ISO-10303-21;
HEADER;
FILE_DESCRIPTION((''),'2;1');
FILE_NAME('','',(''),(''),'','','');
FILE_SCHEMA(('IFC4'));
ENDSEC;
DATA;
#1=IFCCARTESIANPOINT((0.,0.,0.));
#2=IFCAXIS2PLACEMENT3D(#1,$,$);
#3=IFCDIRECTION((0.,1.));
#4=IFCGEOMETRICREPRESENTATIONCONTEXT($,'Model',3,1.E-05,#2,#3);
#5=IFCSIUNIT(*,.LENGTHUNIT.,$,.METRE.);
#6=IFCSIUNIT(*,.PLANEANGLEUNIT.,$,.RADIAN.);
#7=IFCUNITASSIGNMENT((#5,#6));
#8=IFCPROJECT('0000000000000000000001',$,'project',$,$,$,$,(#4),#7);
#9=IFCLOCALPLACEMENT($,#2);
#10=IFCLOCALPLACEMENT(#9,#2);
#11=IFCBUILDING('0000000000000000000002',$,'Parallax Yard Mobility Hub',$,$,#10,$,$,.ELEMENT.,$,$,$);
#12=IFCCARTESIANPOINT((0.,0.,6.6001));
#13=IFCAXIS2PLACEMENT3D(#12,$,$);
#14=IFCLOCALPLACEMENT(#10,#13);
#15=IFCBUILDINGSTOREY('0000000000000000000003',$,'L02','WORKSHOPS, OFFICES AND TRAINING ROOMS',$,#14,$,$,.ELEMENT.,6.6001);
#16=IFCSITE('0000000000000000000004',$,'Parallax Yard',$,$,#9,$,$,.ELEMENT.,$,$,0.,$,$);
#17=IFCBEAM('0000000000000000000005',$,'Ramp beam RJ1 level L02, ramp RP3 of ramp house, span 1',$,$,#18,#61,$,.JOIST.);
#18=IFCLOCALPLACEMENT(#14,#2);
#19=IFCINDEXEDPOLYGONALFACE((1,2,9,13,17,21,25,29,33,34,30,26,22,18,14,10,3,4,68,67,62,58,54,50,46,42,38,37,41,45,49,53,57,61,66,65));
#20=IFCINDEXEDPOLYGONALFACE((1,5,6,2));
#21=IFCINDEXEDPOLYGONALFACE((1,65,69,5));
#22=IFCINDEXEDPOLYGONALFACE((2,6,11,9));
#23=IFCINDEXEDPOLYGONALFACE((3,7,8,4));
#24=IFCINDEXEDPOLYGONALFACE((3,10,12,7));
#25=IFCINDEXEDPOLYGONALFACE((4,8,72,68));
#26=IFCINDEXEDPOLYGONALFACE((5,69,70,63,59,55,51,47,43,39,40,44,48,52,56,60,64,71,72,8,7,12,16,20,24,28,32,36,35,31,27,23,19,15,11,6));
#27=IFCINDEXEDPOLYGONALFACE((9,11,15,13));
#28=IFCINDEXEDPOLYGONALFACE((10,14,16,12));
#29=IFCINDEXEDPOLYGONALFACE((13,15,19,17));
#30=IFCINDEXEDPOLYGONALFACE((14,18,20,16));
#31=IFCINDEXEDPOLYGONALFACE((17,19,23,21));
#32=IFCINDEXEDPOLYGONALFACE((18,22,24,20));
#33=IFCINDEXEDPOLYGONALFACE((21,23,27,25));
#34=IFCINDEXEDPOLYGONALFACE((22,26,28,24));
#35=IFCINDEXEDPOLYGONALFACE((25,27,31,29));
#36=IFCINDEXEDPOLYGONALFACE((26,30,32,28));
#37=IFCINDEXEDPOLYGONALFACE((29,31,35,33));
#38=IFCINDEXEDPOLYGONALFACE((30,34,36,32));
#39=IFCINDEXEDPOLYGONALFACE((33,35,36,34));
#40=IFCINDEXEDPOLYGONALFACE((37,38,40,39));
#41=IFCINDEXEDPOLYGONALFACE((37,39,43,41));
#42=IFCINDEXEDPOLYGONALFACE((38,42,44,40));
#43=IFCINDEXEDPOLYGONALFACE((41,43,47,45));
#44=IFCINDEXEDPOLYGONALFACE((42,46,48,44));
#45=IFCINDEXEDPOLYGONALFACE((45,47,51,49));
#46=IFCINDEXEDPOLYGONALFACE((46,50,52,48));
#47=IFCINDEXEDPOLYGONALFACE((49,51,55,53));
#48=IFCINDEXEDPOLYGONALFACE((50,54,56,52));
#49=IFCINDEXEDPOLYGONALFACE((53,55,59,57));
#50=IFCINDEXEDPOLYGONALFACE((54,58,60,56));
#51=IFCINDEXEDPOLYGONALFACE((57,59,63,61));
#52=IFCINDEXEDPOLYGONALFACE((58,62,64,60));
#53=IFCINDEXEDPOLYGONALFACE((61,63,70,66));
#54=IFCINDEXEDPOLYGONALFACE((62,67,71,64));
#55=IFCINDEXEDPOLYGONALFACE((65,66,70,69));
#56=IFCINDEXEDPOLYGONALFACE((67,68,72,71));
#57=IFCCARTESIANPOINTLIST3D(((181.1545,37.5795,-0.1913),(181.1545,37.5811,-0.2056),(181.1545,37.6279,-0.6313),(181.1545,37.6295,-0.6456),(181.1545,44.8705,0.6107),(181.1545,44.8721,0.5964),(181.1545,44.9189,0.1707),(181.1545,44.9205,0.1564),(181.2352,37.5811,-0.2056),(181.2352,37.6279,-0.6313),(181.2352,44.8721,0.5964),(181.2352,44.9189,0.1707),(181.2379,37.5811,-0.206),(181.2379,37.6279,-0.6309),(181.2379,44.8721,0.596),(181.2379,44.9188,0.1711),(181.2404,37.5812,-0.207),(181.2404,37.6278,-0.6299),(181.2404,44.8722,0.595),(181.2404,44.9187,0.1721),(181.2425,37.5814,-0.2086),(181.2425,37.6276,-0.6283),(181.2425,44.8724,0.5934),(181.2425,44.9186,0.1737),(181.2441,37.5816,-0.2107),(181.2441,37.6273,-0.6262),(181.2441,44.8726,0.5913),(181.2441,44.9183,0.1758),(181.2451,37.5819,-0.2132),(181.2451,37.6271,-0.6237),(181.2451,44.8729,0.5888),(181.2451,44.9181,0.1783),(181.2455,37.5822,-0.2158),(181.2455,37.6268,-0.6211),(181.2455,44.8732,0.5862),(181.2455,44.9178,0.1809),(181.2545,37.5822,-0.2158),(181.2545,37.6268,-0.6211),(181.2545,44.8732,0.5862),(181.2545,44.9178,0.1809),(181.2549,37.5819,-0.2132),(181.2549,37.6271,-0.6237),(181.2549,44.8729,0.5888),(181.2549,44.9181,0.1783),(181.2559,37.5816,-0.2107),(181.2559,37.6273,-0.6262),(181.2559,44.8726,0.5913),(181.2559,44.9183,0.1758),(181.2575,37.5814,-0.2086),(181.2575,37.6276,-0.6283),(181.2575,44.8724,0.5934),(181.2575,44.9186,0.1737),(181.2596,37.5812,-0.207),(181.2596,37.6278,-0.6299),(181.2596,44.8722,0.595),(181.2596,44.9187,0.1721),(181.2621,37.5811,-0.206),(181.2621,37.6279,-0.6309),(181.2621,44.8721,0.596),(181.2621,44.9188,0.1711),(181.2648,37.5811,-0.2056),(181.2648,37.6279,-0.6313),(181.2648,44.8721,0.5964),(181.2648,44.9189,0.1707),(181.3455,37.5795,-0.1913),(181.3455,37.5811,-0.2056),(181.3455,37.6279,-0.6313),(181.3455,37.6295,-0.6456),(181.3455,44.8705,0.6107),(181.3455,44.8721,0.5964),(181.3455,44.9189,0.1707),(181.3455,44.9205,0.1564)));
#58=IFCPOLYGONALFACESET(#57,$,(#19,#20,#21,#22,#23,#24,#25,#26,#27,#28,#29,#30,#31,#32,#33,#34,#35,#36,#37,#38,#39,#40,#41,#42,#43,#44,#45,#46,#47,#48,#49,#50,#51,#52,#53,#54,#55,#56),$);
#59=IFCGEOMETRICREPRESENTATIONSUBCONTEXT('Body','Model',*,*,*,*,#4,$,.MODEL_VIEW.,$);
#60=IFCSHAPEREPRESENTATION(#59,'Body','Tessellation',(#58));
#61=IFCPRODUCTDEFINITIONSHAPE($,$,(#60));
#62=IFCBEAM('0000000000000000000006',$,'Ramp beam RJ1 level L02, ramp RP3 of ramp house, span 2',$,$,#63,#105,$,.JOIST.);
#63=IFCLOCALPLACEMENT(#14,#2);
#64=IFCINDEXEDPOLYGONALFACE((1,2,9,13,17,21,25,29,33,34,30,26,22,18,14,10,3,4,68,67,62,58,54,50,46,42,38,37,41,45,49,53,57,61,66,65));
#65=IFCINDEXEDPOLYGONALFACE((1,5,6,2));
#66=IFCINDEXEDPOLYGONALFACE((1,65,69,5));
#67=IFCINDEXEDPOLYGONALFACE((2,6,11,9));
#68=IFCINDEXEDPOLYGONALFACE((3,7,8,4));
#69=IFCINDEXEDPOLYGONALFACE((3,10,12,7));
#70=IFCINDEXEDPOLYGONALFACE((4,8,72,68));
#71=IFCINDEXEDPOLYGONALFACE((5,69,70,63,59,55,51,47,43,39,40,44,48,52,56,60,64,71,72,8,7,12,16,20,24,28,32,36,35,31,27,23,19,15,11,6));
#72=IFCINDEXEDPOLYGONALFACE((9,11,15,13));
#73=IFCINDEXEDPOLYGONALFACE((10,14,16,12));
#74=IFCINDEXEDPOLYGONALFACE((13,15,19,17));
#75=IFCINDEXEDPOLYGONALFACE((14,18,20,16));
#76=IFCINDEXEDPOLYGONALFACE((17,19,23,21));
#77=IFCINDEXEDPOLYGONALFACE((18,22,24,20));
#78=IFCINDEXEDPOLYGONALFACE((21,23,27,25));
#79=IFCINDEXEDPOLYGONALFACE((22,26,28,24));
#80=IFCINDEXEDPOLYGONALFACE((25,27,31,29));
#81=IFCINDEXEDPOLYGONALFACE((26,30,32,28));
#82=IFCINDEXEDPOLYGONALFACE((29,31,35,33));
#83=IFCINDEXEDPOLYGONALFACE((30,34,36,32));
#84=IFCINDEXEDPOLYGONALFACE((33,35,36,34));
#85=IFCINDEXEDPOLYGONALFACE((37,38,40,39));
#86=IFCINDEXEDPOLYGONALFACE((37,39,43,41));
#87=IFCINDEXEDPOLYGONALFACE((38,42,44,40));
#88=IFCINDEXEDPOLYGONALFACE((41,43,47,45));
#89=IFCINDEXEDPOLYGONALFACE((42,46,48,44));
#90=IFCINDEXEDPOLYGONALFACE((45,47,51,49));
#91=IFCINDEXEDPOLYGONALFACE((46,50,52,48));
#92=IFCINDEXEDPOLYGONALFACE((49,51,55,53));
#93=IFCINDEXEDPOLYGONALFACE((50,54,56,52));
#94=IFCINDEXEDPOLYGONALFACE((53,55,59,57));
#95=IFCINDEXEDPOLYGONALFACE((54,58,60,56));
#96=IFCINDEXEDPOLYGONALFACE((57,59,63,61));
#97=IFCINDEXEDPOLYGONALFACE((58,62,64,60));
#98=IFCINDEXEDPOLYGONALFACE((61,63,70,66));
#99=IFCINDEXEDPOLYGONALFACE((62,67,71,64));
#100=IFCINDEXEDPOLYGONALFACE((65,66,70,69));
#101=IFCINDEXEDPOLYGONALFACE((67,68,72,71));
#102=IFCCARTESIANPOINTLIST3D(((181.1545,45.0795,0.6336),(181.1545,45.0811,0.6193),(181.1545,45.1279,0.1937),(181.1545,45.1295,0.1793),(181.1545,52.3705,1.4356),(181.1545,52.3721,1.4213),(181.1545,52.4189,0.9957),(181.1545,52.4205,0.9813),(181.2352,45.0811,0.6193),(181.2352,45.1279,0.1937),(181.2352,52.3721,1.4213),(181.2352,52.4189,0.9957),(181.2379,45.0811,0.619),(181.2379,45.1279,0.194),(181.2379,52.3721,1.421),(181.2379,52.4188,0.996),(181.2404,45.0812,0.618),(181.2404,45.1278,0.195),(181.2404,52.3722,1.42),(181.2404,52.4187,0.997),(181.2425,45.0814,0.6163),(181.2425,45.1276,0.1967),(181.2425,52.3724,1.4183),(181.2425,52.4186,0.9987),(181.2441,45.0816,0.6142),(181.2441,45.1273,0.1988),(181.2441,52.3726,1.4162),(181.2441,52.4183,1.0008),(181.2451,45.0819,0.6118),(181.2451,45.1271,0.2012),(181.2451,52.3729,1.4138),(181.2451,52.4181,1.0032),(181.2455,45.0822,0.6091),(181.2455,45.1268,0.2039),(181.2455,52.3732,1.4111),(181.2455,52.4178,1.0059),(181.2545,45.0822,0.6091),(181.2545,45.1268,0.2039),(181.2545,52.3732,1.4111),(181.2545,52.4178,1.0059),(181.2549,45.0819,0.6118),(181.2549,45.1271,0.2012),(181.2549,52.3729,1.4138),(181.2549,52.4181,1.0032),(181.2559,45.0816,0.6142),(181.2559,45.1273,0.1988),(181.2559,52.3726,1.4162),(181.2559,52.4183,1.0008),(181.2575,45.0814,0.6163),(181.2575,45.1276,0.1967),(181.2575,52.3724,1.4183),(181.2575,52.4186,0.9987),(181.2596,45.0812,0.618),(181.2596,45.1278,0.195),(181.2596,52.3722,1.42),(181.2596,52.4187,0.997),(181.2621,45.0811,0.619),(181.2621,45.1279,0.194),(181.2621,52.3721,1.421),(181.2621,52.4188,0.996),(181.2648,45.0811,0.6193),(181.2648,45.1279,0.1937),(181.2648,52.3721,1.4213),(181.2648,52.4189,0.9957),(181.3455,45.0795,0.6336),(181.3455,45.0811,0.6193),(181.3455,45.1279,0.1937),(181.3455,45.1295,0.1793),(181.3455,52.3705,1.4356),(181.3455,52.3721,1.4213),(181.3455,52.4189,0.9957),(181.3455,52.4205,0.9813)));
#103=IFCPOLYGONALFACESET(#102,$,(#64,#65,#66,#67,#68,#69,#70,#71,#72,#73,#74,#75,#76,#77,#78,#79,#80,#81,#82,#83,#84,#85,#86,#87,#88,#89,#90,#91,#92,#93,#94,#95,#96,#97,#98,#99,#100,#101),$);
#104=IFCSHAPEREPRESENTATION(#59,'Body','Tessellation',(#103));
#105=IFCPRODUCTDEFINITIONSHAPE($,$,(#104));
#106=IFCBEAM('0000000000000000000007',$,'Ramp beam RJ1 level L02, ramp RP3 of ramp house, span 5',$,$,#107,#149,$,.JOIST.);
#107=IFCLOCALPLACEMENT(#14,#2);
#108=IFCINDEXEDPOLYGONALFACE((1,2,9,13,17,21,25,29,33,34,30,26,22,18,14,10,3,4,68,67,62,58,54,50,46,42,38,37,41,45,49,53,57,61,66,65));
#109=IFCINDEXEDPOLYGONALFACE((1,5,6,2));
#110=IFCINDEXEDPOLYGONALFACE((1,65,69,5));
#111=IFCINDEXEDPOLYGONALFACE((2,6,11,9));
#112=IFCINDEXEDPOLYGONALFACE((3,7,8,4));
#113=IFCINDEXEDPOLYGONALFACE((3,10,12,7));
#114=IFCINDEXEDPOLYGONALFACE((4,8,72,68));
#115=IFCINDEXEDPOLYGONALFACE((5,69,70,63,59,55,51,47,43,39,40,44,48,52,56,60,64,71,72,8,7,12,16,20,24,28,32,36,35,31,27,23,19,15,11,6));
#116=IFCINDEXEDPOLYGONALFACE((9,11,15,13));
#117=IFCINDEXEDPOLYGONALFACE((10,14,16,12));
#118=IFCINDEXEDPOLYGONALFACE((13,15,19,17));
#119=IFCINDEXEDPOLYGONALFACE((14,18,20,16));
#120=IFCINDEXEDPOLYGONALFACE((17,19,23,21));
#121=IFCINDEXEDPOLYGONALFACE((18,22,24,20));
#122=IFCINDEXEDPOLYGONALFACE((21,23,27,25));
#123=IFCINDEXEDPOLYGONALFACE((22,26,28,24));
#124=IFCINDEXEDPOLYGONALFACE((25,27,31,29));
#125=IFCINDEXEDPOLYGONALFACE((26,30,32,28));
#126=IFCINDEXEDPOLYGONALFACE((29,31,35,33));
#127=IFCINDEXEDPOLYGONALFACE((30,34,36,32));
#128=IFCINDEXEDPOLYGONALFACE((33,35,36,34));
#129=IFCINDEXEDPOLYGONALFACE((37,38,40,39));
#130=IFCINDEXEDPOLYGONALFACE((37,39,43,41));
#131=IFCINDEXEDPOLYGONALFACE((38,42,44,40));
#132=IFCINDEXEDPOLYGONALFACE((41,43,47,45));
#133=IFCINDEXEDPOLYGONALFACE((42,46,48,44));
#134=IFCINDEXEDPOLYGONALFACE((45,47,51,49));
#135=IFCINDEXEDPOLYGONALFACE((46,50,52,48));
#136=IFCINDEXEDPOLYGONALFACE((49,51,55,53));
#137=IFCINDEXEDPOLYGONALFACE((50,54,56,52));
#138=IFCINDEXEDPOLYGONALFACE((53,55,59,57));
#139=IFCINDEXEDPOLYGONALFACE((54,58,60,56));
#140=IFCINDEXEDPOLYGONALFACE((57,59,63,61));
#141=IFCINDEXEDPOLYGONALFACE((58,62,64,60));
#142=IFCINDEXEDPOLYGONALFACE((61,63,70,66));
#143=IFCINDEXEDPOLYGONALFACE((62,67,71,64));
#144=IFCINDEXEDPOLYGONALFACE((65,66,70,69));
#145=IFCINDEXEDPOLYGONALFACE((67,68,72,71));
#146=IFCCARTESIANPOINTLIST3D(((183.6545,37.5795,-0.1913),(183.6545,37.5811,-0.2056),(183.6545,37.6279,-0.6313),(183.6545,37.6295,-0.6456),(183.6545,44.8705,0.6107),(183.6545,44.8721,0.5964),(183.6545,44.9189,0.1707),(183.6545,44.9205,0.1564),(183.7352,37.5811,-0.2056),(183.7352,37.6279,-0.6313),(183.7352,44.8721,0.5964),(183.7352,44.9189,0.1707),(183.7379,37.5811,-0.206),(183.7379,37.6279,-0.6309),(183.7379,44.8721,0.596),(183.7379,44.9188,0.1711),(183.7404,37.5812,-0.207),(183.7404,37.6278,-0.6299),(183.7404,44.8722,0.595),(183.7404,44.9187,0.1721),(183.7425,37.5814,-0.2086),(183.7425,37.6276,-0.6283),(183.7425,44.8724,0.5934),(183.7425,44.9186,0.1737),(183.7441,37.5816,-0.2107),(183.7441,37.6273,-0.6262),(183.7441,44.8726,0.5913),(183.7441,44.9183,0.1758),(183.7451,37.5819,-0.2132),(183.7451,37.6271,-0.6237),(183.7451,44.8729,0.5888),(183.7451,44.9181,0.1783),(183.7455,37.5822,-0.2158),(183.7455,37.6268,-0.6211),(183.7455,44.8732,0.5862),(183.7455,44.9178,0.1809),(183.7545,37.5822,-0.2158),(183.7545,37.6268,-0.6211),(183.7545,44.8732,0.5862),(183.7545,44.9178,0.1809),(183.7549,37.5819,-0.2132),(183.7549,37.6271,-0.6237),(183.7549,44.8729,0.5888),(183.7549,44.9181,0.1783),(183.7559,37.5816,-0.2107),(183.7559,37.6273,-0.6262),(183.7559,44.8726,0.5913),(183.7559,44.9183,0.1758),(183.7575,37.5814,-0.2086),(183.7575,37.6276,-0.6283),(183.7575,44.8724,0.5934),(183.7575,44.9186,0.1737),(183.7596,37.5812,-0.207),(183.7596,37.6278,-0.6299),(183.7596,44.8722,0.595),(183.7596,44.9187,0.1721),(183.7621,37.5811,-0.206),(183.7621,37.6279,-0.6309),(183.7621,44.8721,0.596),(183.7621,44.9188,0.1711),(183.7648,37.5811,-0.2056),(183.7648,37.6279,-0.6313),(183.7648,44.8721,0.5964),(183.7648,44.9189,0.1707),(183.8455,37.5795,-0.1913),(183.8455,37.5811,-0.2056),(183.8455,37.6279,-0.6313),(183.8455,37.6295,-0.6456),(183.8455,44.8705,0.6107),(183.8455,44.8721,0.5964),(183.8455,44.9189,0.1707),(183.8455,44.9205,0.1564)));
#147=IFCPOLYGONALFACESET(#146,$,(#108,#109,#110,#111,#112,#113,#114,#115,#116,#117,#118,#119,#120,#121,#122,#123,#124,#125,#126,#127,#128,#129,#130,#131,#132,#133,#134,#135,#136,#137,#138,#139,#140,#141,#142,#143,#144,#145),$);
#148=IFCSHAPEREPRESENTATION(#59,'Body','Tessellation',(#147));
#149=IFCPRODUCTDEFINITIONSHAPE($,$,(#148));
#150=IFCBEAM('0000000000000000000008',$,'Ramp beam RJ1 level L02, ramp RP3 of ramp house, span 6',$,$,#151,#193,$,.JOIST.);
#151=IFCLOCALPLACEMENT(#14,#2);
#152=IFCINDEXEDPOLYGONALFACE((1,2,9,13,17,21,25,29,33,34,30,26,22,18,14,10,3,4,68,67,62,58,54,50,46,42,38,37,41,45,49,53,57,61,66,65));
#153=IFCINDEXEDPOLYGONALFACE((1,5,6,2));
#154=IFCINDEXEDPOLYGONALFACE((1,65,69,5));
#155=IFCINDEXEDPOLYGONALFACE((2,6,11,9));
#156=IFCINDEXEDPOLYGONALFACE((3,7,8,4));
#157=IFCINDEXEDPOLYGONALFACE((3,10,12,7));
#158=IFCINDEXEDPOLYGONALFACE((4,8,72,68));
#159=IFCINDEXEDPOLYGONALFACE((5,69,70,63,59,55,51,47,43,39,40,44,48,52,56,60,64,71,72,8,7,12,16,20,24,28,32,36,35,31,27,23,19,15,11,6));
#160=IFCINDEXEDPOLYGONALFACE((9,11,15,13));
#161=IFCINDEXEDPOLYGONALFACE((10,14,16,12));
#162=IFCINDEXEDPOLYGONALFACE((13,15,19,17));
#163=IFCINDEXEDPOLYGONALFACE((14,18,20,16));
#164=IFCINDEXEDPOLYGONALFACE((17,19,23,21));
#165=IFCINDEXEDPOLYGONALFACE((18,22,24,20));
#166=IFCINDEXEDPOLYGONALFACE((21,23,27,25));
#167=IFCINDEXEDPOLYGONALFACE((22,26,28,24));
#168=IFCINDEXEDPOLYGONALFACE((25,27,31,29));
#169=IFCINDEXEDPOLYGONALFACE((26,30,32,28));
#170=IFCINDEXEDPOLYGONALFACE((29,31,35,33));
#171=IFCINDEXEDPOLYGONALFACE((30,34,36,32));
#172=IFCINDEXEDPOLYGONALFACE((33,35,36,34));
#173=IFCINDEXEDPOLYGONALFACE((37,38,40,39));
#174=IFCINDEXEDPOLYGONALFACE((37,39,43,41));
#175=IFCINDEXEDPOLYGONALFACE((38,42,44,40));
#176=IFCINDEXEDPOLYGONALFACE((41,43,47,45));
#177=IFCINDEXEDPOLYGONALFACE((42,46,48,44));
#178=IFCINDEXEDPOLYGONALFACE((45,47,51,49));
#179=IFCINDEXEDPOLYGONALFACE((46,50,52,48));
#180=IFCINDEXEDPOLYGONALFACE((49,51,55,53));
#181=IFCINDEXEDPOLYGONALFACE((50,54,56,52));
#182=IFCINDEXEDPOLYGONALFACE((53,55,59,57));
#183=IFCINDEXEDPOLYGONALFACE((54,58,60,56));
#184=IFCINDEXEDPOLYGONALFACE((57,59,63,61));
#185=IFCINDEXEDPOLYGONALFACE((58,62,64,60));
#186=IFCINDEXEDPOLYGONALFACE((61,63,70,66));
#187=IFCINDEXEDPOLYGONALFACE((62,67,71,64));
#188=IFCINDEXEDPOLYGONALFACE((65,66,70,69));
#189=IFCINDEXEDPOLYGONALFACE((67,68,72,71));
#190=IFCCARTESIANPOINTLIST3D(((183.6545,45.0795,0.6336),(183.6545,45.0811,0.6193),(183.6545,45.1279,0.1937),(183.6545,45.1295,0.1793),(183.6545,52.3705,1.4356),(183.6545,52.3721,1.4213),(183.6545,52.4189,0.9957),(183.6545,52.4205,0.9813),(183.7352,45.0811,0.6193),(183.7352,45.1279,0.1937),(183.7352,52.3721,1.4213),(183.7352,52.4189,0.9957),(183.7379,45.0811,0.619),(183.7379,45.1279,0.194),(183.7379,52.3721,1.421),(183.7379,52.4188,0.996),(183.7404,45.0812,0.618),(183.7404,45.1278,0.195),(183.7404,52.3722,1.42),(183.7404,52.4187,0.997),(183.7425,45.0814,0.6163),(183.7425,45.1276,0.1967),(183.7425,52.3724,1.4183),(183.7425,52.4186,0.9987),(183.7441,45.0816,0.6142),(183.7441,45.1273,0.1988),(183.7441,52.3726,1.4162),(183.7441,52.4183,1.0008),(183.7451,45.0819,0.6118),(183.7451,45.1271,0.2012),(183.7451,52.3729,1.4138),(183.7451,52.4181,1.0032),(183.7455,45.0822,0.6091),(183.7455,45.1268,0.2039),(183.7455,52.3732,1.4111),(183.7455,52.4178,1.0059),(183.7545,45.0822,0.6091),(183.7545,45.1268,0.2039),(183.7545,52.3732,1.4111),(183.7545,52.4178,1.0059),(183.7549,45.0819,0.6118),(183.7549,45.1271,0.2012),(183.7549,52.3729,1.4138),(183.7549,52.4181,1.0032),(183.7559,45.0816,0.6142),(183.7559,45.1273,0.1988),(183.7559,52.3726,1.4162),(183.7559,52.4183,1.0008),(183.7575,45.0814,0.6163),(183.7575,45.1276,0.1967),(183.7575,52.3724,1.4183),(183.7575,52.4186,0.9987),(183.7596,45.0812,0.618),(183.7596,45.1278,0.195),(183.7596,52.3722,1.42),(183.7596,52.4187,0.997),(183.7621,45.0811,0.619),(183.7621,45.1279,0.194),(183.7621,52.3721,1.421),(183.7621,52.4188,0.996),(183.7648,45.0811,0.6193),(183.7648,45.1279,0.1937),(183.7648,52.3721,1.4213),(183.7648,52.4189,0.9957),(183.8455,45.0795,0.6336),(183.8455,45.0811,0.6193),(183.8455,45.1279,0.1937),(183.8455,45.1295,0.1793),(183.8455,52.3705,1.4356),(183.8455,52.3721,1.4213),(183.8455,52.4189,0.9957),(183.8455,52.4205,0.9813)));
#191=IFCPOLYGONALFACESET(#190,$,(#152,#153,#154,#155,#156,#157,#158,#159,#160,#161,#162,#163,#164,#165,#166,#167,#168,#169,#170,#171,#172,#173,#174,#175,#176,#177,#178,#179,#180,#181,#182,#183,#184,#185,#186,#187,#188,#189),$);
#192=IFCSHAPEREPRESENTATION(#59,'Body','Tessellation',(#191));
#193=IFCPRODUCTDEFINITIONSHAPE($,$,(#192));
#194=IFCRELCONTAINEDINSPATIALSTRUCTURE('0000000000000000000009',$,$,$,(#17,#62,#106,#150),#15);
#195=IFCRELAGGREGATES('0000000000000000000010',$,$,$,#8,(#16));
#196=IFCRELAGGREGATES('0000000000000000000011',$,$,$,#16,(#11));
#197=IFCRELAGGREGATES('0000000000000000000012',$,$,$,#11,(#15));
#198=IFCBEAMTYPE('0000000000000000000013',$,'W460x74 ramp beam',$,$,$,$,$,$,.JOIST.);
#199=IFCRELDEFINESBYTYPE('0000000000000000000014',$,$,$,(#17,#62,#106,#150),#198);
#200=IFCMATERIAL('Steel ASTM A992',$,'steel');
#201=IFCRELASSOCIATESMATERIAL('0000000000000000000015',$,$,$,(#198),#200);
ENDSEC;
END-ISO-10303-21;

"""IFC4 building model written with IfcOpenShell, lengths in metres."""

from ifc_helpers import new_model, si_unit, direction, frame, origin, origin_2d, place, context, subcontext, project, spatial, i_section, extrude, material, material_profile, profile_set, type_object, element, save


model = new_model("IFC4")

# Units and contexts
model_context = context("Model", 3, precision=1e-05, world=origin(), true_north=direction((0.0, 1.0)))
body_context = subcontext(model_context, "Body", "Model", "MODEL_VIEW")
ifc_project = project(units=[si_unit("LENGTHUNIT", "METRE"), si_unit("PLANEANGLEUNIT", "RADIAN")], contexts=[model_context])

# Site, building, storey
site_placement = place(None, origin())
site = spatial("IfcSite", under=ifc_project, at=site_placement, Name="Parallax Yard", CompositionType="ELEMENT", RefElevation=0.0)
building_placement = place(site_placement, origin())
building = spatial("IfcBuilding", under=site, at=building_placement, Name="Parallax Yard Mobility Hub", CompositionType="ELEMENT")
storey_placement = place(building_placement, frame((0.0, 0.0, 6.6001)))
storey = spatial("IfcBuildingStorey", under=building, at=storey_placement, Name="L02", Description="WORKSHOPS, OFFICES AND TRAINING ROOMS", CompositionType="ELEMENT", Elevation=6.6001)

# Shared definitions
ifc_material_1 = material(Name="Steel ASTM A992", Category="steel")

# Beams
ifc_material_profile_1 = material_profile(ifc_material_1, i_section(OverallWidth=0.1909, OverallDepth=0.457, WebThickness=0.009, FlangeThickness=0.0144, FilletRadius=0.0103, at=origin_2d()), Name="W460x74")
ifc_profile_set_1 = profile_set([ifc_material_profile_1], Name="Steel ASTM A992")
beam_type_1 = type_object("IfcBeamType", Name="W460x74 ramp beam", PredefinedType="JOIST", material=ifc_profile_set_1)
for number, where, z_axis, x_axis, name in (
    (1, (181.25, 37.6045, -0.4185), (0.0, 0.994005, 0.109339), (-1.0, 0.0, 0.0), "Ramp beam RJ1 level L02, ramp RP3 of ramp house, span 1"),
    (2, (181.25, 45.1045, 0.4065), (0.0, 0.994005, 0.109339), (-1.0, 0.0, 0.0), "Ramp beam RJ1 level L02, ramp RP3 of ramp house, span 2"),
    (3, (183.75, 37.6045, -0.4185), (0.0, 0.994005, 0.109339), (-1.0, 0.0, 0.0), "Ramp beam RJ1 level L02, ramp RP3 of ramp house, span 5"),
    (4, (183.75, 45.1045, 0.4065), (0.0, 0.994005, 0.109339), (-1.0, 0.0, 0.0), "Ramp beam RJ1 level L02, ramp RP3 of ramp house, span 6"),
):
    element("IfcBeam", number, at=place(storey_placement, frame(where, z_axis=z_axis, x_axis=x_axis)), inside=storey, type_object=beam_type_1, Name=name, PredefinedType="JOIST", context=body_context, shape_type="SweptSolid", body=[
        extrude(i_section(OverallWidth=0.1909, OverallDepth=0.457, WebThickness=0.009, FlangeThickness=0.0144, FilletRadius=0.0103, at=origin_2d()), origin(), (0.0, 0.0, 1.0), 7.335),
    ])

save(model, "model.ifc")
